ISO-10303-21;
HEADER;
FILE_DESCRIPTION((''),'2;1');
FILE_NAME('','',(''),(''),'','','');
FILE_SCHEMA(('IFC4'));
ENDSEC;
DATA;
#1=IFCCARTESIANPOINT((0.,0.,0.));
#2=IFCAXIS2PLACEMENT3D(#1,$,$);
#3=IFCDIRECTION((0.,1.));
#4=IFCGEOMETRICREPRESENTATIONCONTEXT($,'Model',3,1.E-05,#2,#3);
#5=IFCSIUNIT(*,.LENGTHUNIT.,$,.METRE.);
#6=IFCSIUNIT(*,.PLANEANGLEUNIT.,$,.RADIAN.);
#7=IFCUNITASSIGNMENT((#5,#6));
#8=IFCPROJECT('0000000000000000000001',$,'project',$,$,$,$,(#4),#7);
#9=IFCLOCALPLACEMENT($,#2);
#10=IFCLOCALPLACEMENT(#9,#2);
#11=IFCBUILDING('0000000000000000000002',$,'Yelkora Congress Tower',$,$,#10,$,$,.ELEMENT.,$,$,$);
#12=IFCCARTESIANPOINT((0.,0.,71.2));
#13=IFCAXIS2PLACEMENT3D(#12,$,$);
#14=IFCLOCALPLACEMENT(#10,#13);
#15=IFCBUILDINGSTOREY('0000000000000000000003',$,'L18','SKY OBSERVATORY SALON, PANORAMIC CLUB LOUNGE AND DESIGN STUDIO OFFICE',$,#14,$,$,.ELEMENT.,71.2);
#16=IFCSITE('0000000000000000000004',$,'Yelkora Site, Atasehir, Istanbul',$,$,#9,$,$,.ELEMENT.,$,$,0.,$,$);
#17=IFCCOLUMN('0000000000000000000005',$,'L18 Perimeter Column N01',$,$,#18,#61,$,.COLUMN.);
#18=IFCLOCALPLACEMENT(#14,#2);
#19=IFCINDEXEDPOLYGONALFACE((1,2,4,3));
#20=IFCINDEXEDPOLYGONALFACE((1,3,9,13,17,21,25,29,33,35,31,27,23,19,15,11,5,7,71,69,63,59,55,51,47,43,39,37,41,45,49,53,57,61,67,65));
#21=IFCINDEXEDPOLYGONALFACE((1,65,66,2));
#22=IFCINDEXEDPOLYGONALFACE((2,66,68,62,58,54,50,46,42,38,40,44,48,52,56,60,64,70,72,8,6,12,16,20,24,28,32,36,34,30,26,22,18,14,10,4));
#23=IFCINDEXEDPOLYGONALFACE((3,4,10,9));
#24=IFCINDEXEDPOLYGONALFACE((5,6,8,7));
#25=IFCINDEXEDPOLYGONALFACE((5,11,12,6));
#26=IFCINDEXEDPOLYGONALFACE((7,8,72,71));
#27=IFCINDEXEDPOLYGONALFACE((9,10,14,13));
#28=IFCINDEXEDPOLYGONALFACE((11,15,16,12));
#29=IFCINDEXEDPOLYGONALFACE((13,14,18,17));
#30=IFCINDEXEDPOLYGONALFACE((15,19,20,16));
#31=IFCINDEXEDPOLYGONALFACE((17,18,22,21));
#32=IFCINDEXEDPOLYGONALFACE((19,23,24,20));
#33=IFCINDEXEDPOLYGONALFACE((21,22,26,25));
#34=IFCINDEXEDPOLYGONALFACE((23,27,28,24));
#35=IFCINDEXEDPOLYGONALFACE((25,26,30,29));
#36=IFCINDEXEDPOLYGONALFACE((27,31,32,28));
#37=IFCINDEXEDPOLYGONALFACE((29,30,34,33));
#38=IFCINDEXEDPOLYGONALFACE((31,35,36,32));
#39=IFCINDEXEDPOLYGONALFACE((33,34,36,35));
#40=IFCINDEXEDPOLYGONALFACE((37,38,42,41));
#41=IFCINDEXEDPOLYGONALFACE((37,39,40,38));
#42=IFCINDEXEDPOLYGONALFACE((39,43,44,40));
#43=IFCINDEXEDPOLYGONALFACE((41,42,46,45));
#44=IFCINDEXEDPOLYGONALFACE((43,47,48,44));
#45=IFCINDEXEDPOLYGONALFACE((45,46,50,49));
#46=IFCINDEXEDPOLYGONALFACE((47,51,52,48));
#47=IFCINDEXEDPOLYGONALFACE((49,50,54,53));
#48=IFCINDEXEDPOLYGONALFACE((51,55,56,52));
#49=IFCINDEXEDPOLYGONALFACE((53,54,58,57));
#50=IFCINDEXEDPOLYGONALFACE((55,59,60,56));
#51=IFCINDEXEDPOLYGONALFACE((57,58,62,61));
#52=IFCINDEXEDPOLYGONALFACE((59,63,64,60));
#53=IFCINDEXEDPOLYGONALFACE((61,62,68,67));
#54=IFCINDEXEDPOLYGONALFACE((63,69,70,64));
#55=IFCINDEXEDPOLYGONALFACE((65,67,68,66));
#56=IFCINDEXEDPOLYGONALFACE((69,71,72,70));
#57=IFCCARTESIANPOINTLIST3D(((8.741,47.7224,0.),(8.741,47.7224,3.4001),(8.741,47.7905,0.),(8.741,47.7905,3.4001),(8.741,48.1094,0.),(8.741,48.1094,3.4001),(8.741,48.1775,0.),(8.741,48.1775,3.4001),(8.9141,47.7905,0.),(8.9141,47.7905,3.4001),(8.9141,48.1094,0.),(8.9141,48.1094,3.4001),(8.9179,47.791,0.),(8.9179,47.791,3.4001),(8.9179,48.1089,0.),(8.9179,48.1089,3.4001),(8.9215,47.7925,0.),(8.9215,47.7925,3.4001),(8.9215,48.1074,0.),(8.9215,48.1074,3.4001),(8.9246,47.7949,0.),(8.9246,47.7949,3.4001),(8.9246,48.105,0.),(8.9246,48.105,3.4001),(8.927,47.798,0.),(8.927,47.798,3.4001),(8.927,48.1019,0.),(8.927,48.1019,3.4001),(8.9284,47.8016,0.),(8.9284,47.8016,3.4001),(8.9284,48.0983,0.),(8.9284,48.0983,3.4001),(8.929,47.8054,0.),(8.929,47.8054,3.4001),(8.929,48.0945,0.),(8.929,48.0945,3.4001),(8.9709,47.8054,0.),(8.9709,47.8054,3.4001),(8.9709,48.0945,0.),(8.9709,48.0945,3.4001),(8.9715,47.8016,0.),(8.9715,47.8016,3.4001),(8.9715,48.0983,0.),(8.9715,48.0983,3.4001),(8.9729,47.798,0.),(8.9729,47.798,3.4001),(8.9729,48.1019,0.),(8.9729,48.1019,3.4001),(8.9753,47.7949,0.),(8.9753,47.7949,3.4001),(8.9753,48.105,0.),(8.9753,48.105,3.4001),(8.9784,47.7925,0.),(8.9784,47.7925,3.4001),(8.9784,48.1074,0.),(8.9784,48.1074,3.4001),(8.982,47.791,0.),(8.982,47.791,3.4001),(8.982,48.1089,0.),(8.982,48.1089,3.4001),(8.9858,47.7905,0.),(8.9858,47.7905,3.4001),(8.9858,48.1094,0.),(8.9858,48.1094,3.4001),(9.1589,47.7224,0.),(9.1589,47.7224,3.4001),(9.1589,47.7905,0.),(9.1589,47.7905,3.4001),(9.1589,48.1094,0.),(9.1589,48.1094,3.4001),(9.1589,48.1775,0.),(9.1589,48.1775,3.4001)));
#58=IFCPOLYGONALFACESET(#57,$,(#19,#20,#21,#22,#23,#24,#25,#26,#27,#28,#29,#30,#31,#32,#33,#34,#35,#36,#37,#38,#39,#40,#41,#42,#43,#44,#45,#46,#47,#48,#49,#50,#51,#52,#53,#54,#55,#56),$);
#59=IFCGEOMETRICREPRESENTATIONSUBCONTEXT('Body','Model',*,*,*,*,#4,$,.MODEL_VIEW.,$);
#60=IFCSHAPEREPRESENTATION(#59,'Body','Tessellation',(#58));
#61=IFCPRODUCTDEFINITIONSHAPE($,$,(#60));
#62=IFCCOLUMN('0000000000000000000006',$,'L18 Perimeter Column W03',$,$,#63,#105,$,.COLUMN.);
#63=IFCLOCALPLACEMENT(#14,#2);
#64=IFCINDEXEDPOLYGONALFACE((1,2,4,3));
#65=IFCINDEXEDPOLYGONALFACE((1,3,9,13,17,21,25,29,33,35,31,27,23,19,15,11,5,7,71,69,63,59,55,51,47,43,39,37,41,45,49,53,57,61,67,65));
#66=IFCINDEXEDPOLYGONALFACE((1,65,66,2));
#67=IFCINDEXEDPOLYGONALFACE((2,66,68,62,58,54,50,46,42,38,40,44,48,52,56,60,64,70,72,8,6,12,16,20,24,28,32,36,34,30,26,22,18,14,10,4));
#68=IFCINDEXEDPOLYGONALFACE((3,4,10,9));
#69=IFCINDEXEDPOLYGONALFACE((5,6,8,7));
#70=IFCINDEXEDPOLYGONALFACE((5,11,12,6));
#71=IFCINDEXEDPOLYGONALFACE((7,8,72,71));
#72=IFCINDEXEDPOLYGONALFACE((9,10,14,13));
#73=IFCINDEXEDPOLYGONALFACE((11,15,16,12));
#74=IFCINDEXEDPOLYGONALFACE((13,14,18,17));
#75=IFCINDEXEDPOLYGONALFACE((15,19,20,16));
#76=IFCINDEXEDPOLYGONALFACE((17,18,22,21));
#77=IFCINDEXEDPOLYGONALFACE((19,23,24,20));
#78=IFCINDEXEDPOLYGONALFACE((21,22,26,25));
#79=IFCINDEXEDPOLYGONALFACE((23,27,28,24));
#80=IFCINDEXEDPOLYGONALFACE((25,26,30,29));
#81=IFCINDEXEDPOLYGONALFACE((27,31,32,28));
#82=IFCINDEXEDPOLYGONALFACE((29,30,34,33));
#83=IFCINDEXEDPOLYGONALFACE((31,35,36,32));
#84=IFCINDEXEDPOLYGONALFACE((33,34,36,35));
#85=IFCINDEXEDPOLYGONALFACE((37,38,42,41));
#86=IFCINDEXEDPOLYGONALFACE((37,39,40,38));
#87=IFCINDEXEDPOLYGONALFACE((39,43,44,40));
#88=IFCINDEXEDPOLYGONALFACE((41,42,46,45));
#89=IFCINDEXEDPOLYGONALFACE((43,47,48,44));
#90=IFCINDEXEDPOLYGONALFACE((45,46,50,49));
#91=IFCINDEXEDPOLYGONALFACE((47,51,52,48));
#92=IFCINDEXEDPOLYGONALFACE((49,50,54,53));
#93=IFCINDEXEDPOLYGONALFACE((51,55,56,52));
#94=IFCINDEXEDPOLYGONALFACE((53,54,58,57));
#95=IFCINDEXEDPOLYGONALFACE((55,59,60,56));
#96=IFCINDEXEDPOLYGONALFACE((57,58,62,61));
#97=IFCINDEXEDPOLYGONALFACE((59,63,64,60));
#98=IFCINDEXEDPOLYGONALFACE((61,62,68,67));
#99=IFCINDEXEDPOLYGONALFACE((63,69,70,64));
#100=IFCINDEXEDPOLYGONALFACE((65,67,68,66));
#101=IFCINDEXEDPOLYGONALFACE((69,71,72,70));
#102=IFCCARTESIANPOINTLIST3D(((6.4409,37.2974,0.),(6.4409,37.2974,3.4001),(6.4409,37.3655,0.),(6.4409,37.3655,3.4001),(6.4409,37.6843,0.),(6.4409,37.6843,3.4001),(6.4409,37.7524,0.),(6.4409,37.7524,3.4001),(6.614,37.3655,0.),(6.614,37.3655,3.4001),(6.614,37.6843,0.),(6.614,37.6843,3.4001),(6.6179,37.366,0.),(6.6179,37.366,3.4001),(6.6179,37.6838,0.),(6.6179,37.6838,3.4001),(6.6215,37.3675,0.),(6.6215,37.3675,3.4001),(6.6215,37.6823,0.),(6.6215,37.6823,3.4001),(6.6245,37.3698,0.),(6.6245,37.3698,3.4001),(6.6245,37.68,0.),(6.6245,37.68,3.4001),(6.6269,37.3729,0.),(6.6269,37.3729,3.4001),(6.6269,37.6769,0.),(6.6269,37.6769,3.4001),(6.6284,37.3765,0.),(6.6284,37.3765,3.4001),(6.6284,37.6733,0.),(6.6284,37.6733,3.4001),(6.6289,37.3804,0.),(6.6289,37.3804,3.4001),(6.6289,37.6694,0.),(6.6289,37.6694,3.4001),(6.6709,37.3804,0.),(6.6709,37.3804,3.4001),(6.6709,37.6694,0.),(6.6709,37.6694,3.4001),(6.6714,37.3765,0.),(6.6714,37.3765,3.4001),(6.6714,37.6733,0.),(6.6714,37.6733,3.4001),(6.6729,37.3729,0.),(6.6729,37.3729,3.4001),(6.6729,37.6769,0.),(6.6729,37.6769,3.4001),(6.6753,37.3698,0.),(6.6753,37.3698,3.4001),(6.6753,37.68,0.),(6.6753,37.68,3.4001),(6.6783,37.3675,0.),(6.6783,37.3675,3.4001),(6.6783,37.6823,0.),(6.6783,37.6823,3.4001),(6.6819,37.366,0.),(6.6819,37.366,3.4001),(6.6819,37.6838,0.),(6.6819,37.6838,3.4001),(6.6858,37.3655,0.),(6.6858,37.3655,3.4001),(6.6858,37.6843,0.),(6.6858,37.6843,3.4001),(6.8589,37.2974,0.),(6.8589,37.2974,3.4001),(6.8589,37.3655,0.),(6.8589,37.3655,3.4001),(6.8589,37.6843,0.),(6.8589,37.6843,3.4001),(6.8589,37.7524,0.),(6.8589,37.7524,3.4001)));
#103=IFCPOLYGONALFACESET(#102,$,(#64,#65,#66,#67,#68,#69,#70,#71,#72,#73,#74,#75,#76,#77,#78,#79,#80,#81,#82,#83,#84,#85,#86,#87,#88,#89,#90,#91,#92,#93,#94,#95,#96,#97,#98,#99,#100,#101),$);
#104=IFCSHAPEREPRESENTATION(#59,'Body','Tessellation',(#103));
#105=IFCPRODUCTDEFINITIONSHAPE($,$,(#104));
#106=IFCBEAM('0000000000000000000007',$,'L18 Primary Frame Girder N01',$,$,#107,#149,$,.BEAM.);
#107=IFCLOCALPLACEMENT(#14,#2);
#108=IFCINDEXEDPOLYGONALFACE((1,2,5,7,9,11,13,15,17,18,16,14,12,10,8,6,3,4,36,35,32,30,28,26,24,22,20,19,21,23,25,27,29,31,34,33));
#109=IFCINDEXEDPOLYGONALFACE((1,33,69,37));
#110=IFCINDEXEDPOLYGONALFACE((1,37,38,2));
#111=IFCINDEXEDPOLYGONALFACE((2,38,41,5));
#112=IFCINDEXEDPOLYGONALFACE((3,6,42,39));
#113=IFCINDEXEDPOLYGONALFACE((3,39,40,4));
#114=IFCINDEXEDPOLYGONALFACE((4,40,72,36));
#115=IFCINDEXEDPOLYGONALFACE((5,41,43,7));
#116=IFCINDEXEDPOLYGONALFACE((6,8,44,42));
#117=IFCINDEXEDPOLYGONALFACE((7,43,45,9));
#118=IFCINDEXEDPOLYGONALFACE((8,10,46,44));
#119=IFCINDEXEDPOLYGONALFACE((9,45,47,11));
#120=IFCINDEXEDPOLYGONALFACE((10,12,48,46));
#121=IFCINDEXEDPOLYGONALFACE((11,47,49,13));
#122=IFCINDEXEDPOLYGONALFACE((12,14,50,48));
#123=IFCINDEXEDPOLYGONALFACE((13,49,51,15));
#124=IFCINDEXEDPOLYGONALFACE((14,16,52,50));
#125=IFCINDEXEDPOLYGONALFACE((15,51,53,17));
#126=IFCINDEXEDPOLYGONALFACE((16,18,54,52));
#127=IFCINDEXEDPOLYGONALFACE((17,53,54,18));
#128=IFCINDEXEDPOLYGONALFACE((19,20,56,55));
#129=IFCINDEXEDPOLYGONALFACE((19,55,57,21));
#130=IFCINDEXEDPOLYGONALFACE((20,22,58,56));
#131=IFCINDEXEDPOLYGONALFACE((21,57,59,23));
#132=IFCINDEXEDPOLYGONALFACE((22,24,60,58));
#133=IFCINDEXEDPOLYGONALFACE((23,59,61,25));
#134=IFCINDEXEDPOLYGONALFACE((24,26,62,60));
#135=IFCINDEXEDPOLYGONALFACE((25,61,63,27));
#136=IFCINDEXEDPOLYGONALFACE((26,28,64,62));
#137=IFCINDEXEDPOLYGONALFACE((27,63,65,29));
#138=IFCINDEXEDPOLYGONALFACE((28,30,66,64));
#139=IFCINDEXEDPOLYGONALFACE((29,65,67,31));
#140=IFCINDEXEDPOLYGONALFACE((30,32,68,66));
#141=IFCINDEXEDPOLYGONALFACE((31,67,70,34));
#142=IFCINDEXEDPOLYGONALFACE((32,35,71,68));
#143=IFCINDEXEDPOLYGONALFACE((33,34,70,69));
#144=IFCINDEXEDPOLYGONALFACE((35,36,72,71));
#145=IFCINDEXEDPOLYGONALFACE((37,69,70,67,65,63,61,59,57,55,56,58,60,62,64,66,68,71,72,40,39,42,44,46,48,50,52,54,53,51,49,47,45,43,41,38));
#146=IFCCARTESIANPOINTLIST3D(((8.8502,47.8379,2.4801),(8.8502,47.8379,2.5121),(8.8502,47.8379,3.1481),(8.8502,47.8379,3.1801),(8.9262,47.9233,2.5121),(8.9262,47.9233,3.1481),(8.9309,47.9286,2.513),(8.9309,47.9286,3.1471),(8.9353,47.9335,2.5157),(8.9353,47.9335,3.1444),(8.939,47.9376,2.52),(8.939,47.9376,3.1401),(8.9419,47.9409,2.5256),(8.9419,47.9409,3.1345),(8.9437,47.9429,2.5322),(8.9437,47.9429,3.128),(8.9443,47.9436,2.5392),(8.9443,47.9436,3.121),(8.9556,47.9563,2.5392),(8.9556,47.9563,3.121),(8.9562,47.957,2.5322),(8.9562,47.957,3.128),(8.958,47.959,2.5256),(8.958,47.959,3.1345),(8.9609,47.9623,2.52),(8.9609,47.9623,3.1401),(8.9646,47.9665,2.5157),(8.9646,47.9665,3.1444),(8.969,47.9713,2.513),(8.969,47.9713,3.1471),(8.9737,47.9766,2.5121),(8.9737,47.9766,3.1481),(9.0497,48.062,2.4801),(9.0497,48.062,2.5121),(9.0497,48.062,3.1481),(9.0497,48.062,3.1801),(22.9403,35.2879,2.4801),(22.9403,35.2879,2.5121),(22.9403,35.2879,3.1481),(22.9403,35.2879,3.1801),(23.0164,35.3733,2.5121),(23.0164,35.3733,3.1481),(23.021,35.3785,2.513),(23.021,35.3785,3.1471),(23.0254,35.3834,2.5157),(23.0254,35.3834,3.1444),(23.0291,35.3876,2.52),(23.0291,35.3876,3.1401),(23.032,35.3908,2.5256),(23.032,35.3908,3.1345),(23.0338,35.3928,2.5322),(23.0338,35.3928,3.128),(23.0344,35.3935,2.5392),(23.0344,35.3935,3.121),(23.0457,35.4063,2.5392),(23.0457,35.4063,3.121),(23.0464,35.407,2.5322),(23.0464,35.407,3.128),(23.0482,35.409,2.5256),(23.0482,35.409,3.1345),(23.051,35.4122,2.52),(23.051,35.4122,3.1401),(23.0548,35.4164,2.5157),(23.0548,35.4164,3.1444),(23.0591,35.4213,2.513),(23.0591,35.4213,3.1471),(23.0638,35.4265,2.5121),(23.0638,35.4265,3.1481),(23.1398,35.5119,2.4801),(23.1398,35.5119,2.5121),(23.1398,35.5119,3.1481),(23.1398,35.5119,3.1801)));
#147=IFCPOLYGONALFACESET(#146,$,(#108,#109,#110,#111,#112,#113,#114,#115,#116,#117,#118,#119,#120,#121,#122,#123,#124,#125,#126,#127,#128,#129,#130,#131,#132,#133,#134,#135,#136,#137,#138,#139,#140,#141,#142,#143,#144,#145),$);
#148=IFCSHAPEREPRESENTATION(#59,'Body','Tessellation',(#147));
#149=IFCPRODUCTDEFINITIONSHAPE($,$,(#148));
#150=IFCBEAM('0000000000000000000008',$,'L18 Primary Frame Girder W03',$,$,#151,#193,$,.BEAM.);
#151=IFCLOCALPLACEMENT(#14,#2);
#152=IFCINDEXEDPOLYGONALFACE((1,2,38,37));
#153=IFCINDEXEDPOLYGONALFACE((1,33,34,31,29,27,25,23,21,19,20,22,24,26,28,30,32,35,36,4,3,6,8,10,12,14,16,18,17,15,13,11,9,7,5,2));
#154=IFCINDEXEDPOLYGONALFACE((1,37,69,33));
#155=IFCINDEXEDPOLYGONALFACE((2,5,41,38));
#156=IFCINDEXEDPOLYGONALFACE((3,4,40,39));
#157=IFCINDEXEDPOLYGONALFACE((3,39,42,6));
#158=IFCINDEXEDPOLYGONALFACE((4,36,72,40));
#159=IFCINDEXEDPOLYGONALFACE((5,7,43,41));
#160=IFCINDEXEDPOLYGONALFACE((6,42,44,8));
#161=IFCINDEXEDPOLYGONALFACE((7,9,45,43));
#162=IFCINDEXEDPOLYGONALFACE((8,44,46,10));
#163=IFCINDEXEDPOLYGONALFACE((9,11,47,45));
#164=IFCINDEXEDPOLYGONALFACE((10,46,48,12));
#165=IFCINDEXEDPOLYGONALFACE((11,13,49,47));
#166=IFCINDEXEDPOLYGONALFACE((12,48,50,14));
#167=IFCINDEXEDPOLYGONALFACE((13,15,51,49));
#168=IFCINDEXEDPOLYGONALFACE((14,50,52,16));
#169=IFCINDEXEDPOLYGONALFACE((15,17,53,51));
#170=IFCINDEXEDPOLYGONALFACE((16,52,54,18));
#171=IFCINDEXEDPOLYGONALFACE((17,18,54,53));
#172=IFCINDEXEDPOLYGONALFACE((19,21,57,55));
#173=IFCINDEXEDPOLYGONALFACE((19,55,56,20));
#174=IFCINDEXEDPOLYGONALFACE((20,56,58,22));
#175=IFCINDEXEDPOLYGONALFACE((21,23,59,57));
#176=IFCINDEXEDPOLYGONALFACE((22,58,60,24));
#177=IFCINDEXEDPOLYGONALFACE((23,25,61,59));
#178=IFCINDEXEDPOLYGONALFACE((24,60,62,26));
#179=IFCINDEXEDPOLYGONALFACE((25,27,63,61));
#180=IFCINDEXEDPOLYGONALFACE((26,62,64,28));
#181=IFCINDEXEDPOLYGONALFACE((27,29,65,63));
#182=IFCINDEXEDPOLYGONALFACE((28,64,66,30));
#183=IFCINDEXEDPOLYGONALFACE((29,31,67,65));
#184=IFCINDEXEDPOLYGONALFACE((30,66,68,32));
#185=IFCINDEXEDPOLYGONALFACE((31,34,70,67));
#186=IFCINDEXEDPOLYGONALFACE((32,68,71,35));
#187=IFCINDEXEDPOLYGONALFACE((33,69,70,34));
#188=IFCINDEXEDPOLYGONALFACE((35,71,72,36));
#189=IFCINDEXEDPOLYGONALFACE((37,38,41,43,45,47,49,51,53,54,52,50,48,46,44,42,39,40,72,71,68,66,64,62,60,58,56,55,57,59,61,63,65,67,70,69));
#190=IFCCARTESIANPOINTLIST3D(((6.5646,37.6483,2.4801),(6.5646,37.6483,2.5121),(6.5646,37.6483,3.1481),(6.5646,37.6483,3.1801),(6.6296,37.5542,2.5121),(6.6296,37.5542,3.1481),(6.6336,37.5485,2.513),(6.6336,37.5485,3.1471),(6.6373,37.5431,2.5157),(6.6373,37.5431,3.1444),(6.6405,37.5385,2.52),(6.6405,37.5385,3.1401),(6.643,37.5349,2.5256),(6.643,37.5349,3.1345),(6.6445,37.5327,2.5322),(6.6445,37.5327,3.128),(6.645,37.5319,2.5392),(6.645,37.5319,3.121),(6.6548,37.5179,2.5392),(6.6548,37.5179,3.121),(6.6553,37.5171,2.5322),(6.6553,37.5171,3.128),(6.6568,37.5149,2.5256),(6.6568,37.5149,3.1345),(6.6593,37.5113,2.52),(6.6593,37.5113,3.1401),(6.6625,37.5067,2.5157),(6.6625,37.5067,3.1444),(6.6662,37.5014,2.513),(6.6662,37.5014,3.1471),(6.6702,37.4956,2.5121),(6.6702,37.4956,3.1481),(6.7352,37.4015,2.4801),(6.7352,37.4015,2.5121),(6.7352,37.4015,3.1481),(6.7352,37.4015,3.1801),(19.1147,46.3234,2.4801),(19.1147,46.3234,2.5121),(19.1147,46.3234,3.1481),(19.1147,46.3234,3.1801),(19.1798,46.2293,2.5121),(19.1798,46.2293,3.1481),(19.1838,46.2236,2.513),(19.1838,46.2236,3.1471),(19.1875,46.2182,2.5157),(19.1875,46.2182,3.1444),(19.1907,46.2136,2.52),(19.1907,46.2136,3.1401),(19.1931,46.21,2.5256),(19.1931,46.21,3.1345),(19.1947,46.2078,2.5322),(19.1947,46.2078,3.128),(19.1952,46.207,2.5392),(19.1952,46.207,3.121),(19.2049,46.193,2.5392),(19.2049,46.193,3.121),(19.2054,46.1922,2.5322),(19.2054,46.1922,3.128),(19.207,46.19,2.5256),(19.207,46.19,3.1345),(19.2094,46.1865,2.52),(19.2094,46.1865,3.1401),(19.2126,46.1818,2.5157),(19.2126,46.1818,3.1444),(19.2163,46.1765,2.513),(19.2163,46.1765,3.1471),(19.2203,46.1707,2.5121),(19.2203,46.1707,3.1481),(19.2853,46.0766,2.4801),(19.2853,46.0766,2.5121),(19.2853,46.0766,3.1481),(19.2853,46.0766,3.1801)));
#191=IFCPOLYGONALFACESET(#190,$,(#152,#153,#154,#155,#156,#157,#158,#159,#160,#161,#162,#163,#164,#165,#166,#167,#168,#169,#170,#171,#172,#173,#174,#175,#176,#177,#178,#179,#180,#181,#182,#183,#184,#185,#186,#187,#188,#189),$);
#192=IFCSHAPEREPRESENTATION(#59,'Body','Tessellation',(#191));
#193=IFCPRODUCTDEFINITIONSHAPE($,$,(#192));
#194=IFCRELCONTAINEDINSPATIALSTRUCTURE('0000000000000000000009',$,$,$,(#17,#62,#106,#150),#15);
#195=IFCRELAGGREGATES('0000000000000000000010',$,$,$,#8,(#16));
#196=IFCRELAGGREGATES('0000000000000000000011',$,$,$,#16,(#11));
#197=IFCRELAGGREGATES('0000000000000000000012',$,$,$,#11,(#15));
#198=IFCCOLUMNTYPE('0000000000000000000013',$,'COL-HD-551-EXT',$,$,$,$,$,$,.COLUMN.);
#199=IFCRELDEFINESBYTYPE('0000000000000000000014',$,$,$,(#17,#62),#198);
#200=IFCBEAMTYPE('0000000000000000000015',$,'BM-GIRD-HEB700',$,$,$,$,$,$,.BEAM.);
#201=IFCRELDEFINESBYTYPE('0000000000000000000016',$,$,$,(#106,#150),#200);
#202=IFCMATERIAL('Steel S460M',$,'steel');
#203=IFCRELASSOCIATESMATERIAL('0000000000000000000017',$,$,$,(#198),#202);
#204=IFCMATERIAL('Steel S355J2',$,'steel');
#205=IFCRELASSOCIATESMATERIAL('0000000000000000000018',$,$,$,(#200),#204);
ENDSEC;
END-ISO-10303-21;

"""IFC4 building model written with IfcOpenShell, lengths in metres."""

from ifc_helpers import new_model, si_unit, direction, frame, origin, origin_2d, place, context, subcontext, project, spatial, i_section, extrude, material, material_profile, profile_set, type_object, element, save


model = new_model("IFC4")

# Units and contexts
model_context = context("Model", 3, precision=1e-05, world=origin(), true_north=direction((0.0, 1.0)))
body_context = subcontext(model_context, "Body", "Model", "MODEL_VIEW")
ifc_project = project(units=[si_unit("LENGTHUNIT", "METRE"), si_unit("PLANEANGLEUNIT", "RADIAN")], contexts=[model_context])

# Site, building, storey
site_placement = place(None, origin())
site = spatial("IfcSite", under=ifc_project, at=site_placement, Name="Yelkora Site, Atasehir, Istanbul", CompositionType="ELEMENT", RefElevation=0.0)
building_placement = place(site_placement, origin())
building = spatial("IfcBuilding", under=site, at=building_placement, Name="Yelkora Congress Tower", CompositionType="ELEMENT")
storey_placement = place(building_placement, frame((0.0, 0.0, 71.2)))
storey = spatial("IfcBuildingStorey", under=building, at=storey_placement, Name="L18", Description="SKY OBSERVATORY SALON, PANORAMIC CLUB LOUNGE AND DESIGN STUDIO OFFICE", CompositionType="ELEMENT", Elevation=71.2)

# Columns
ifc_material_1 = material(Name="Steel S460M", Category="steel")
ifc_material_profile_1 = material_profile(ifc_material_1, i_section(OverallWidth=0.418, OverallDepth=0.4551, WebThickness=0.042, FlangeThickness=0.0681, FilletRadius=0.0149, at=origin_2d()), Name="HD 400x551")
ifc_profile_set_1 = profile_set([ifc_material_profile_1], Name="Steel S460M")
column_type = type_object("IfcColumnType", Name="COL-HD-551-EXT", PredefinedType="COLUMN", material=ifc_profile_set_1)
for number, where, z_axis, x_axis, name in (
    (1, (8.95, 47.95, 0.0), (0.0, 0.0, 1.0), (1.0, 0.0, 0.0), "L18 Perimeter Column N01"),
    (2, (6.6499, 37.5249, 0.0), (0.0, 0.0, 1.0), (1.0, 0.0, 0.0), "L18 Perimeter Column W03"),
):
    element("IfcColumn", number, at=place(storey_placement, frame(where, z_axis=z_axis, x_axis=x_axis)), inside=storey, type_object=column_type, Name=name, PredefinedType="COLUMN", context=body_context, shape_type="SweptSolid", body=[
        extrude(i_section(OverallWidth=0.418, OverallDepth=0.4551, WebThickness=0.042, FlangeThickness=0.0681, FilletRadius=0.0149, at=origin_2d()), origin(), (0.0, 0.0, 1.0), 3.4001),
    ])

# Beams
ifc_material_2 = material(Name="Steel S355J2", Category="steel")
ifc_material_profile_2 = material_profile(ifc_material_2, i_section(OverallWidth=0.3, OverallDepth=0.7, WebThickness=0.0171, FlangeThickness=0.032, FilletRadius=0.0271, at=origin_2d()), Name="HEB 700")
ifc_profile_set_2 = profile_set([ifc_material_profile_2], Name="Steel S355J2")
beam_type_1 = type_object("IfcBeamType", Name="BM-GIRD-HEB700", PredefinedType="BEAM", material=ifc_profile_set_2)
beam_1_placement = place(storey_placement, frame((8.95, 47.95, 2.8301), z_axis=(0.746737, -0.665119, 0.0), x_axis=(0.665119, 0.746737, 0.0)))
element("IfcBeam", 3, at=beam_1_placement, inside=storey, type_object=beam_type_1, Name="L18 Primary Frame Girder N01", PredefinedType="BEAM", context=body_context, shape_type="SweptSolid", body=[
    extrude(i_section(OverallWidth=0.3, OverallDepth=0.7, WebThickness=0.0171, FlangeThickness=0.032, FilletRadius=0.0271, at=origin_2d()), origin(), (0.0, 0.0, 1.0), 18.8689),
])
beam_2_placement = place(storey_placement, frame((6.6499, 37.5249, 2.8301), z_axis=(0.822604, 0.568614, 0.0), x_axis=(-0.568614, 0.822604, 0.0)))
element("IfcBeam", 4, at=beam_2_placement, inside=storey, type_object=beam_type_1, Name="L18 Primary Frame Girder W03", PredefinedType="BEAM", context=body_context, shape_type="SweptSolid", body=[
    extrude(i_section(OverallWidth=0.3, OverallDepth=0.7, WebThickness=0.0171, FlangeThickness=0.032, FilletRadius=0.0271, at=origin_2d()), origin(), (0.0, 0.0, 1.0), 15.2566),
])

save(model, "model.ifc")
